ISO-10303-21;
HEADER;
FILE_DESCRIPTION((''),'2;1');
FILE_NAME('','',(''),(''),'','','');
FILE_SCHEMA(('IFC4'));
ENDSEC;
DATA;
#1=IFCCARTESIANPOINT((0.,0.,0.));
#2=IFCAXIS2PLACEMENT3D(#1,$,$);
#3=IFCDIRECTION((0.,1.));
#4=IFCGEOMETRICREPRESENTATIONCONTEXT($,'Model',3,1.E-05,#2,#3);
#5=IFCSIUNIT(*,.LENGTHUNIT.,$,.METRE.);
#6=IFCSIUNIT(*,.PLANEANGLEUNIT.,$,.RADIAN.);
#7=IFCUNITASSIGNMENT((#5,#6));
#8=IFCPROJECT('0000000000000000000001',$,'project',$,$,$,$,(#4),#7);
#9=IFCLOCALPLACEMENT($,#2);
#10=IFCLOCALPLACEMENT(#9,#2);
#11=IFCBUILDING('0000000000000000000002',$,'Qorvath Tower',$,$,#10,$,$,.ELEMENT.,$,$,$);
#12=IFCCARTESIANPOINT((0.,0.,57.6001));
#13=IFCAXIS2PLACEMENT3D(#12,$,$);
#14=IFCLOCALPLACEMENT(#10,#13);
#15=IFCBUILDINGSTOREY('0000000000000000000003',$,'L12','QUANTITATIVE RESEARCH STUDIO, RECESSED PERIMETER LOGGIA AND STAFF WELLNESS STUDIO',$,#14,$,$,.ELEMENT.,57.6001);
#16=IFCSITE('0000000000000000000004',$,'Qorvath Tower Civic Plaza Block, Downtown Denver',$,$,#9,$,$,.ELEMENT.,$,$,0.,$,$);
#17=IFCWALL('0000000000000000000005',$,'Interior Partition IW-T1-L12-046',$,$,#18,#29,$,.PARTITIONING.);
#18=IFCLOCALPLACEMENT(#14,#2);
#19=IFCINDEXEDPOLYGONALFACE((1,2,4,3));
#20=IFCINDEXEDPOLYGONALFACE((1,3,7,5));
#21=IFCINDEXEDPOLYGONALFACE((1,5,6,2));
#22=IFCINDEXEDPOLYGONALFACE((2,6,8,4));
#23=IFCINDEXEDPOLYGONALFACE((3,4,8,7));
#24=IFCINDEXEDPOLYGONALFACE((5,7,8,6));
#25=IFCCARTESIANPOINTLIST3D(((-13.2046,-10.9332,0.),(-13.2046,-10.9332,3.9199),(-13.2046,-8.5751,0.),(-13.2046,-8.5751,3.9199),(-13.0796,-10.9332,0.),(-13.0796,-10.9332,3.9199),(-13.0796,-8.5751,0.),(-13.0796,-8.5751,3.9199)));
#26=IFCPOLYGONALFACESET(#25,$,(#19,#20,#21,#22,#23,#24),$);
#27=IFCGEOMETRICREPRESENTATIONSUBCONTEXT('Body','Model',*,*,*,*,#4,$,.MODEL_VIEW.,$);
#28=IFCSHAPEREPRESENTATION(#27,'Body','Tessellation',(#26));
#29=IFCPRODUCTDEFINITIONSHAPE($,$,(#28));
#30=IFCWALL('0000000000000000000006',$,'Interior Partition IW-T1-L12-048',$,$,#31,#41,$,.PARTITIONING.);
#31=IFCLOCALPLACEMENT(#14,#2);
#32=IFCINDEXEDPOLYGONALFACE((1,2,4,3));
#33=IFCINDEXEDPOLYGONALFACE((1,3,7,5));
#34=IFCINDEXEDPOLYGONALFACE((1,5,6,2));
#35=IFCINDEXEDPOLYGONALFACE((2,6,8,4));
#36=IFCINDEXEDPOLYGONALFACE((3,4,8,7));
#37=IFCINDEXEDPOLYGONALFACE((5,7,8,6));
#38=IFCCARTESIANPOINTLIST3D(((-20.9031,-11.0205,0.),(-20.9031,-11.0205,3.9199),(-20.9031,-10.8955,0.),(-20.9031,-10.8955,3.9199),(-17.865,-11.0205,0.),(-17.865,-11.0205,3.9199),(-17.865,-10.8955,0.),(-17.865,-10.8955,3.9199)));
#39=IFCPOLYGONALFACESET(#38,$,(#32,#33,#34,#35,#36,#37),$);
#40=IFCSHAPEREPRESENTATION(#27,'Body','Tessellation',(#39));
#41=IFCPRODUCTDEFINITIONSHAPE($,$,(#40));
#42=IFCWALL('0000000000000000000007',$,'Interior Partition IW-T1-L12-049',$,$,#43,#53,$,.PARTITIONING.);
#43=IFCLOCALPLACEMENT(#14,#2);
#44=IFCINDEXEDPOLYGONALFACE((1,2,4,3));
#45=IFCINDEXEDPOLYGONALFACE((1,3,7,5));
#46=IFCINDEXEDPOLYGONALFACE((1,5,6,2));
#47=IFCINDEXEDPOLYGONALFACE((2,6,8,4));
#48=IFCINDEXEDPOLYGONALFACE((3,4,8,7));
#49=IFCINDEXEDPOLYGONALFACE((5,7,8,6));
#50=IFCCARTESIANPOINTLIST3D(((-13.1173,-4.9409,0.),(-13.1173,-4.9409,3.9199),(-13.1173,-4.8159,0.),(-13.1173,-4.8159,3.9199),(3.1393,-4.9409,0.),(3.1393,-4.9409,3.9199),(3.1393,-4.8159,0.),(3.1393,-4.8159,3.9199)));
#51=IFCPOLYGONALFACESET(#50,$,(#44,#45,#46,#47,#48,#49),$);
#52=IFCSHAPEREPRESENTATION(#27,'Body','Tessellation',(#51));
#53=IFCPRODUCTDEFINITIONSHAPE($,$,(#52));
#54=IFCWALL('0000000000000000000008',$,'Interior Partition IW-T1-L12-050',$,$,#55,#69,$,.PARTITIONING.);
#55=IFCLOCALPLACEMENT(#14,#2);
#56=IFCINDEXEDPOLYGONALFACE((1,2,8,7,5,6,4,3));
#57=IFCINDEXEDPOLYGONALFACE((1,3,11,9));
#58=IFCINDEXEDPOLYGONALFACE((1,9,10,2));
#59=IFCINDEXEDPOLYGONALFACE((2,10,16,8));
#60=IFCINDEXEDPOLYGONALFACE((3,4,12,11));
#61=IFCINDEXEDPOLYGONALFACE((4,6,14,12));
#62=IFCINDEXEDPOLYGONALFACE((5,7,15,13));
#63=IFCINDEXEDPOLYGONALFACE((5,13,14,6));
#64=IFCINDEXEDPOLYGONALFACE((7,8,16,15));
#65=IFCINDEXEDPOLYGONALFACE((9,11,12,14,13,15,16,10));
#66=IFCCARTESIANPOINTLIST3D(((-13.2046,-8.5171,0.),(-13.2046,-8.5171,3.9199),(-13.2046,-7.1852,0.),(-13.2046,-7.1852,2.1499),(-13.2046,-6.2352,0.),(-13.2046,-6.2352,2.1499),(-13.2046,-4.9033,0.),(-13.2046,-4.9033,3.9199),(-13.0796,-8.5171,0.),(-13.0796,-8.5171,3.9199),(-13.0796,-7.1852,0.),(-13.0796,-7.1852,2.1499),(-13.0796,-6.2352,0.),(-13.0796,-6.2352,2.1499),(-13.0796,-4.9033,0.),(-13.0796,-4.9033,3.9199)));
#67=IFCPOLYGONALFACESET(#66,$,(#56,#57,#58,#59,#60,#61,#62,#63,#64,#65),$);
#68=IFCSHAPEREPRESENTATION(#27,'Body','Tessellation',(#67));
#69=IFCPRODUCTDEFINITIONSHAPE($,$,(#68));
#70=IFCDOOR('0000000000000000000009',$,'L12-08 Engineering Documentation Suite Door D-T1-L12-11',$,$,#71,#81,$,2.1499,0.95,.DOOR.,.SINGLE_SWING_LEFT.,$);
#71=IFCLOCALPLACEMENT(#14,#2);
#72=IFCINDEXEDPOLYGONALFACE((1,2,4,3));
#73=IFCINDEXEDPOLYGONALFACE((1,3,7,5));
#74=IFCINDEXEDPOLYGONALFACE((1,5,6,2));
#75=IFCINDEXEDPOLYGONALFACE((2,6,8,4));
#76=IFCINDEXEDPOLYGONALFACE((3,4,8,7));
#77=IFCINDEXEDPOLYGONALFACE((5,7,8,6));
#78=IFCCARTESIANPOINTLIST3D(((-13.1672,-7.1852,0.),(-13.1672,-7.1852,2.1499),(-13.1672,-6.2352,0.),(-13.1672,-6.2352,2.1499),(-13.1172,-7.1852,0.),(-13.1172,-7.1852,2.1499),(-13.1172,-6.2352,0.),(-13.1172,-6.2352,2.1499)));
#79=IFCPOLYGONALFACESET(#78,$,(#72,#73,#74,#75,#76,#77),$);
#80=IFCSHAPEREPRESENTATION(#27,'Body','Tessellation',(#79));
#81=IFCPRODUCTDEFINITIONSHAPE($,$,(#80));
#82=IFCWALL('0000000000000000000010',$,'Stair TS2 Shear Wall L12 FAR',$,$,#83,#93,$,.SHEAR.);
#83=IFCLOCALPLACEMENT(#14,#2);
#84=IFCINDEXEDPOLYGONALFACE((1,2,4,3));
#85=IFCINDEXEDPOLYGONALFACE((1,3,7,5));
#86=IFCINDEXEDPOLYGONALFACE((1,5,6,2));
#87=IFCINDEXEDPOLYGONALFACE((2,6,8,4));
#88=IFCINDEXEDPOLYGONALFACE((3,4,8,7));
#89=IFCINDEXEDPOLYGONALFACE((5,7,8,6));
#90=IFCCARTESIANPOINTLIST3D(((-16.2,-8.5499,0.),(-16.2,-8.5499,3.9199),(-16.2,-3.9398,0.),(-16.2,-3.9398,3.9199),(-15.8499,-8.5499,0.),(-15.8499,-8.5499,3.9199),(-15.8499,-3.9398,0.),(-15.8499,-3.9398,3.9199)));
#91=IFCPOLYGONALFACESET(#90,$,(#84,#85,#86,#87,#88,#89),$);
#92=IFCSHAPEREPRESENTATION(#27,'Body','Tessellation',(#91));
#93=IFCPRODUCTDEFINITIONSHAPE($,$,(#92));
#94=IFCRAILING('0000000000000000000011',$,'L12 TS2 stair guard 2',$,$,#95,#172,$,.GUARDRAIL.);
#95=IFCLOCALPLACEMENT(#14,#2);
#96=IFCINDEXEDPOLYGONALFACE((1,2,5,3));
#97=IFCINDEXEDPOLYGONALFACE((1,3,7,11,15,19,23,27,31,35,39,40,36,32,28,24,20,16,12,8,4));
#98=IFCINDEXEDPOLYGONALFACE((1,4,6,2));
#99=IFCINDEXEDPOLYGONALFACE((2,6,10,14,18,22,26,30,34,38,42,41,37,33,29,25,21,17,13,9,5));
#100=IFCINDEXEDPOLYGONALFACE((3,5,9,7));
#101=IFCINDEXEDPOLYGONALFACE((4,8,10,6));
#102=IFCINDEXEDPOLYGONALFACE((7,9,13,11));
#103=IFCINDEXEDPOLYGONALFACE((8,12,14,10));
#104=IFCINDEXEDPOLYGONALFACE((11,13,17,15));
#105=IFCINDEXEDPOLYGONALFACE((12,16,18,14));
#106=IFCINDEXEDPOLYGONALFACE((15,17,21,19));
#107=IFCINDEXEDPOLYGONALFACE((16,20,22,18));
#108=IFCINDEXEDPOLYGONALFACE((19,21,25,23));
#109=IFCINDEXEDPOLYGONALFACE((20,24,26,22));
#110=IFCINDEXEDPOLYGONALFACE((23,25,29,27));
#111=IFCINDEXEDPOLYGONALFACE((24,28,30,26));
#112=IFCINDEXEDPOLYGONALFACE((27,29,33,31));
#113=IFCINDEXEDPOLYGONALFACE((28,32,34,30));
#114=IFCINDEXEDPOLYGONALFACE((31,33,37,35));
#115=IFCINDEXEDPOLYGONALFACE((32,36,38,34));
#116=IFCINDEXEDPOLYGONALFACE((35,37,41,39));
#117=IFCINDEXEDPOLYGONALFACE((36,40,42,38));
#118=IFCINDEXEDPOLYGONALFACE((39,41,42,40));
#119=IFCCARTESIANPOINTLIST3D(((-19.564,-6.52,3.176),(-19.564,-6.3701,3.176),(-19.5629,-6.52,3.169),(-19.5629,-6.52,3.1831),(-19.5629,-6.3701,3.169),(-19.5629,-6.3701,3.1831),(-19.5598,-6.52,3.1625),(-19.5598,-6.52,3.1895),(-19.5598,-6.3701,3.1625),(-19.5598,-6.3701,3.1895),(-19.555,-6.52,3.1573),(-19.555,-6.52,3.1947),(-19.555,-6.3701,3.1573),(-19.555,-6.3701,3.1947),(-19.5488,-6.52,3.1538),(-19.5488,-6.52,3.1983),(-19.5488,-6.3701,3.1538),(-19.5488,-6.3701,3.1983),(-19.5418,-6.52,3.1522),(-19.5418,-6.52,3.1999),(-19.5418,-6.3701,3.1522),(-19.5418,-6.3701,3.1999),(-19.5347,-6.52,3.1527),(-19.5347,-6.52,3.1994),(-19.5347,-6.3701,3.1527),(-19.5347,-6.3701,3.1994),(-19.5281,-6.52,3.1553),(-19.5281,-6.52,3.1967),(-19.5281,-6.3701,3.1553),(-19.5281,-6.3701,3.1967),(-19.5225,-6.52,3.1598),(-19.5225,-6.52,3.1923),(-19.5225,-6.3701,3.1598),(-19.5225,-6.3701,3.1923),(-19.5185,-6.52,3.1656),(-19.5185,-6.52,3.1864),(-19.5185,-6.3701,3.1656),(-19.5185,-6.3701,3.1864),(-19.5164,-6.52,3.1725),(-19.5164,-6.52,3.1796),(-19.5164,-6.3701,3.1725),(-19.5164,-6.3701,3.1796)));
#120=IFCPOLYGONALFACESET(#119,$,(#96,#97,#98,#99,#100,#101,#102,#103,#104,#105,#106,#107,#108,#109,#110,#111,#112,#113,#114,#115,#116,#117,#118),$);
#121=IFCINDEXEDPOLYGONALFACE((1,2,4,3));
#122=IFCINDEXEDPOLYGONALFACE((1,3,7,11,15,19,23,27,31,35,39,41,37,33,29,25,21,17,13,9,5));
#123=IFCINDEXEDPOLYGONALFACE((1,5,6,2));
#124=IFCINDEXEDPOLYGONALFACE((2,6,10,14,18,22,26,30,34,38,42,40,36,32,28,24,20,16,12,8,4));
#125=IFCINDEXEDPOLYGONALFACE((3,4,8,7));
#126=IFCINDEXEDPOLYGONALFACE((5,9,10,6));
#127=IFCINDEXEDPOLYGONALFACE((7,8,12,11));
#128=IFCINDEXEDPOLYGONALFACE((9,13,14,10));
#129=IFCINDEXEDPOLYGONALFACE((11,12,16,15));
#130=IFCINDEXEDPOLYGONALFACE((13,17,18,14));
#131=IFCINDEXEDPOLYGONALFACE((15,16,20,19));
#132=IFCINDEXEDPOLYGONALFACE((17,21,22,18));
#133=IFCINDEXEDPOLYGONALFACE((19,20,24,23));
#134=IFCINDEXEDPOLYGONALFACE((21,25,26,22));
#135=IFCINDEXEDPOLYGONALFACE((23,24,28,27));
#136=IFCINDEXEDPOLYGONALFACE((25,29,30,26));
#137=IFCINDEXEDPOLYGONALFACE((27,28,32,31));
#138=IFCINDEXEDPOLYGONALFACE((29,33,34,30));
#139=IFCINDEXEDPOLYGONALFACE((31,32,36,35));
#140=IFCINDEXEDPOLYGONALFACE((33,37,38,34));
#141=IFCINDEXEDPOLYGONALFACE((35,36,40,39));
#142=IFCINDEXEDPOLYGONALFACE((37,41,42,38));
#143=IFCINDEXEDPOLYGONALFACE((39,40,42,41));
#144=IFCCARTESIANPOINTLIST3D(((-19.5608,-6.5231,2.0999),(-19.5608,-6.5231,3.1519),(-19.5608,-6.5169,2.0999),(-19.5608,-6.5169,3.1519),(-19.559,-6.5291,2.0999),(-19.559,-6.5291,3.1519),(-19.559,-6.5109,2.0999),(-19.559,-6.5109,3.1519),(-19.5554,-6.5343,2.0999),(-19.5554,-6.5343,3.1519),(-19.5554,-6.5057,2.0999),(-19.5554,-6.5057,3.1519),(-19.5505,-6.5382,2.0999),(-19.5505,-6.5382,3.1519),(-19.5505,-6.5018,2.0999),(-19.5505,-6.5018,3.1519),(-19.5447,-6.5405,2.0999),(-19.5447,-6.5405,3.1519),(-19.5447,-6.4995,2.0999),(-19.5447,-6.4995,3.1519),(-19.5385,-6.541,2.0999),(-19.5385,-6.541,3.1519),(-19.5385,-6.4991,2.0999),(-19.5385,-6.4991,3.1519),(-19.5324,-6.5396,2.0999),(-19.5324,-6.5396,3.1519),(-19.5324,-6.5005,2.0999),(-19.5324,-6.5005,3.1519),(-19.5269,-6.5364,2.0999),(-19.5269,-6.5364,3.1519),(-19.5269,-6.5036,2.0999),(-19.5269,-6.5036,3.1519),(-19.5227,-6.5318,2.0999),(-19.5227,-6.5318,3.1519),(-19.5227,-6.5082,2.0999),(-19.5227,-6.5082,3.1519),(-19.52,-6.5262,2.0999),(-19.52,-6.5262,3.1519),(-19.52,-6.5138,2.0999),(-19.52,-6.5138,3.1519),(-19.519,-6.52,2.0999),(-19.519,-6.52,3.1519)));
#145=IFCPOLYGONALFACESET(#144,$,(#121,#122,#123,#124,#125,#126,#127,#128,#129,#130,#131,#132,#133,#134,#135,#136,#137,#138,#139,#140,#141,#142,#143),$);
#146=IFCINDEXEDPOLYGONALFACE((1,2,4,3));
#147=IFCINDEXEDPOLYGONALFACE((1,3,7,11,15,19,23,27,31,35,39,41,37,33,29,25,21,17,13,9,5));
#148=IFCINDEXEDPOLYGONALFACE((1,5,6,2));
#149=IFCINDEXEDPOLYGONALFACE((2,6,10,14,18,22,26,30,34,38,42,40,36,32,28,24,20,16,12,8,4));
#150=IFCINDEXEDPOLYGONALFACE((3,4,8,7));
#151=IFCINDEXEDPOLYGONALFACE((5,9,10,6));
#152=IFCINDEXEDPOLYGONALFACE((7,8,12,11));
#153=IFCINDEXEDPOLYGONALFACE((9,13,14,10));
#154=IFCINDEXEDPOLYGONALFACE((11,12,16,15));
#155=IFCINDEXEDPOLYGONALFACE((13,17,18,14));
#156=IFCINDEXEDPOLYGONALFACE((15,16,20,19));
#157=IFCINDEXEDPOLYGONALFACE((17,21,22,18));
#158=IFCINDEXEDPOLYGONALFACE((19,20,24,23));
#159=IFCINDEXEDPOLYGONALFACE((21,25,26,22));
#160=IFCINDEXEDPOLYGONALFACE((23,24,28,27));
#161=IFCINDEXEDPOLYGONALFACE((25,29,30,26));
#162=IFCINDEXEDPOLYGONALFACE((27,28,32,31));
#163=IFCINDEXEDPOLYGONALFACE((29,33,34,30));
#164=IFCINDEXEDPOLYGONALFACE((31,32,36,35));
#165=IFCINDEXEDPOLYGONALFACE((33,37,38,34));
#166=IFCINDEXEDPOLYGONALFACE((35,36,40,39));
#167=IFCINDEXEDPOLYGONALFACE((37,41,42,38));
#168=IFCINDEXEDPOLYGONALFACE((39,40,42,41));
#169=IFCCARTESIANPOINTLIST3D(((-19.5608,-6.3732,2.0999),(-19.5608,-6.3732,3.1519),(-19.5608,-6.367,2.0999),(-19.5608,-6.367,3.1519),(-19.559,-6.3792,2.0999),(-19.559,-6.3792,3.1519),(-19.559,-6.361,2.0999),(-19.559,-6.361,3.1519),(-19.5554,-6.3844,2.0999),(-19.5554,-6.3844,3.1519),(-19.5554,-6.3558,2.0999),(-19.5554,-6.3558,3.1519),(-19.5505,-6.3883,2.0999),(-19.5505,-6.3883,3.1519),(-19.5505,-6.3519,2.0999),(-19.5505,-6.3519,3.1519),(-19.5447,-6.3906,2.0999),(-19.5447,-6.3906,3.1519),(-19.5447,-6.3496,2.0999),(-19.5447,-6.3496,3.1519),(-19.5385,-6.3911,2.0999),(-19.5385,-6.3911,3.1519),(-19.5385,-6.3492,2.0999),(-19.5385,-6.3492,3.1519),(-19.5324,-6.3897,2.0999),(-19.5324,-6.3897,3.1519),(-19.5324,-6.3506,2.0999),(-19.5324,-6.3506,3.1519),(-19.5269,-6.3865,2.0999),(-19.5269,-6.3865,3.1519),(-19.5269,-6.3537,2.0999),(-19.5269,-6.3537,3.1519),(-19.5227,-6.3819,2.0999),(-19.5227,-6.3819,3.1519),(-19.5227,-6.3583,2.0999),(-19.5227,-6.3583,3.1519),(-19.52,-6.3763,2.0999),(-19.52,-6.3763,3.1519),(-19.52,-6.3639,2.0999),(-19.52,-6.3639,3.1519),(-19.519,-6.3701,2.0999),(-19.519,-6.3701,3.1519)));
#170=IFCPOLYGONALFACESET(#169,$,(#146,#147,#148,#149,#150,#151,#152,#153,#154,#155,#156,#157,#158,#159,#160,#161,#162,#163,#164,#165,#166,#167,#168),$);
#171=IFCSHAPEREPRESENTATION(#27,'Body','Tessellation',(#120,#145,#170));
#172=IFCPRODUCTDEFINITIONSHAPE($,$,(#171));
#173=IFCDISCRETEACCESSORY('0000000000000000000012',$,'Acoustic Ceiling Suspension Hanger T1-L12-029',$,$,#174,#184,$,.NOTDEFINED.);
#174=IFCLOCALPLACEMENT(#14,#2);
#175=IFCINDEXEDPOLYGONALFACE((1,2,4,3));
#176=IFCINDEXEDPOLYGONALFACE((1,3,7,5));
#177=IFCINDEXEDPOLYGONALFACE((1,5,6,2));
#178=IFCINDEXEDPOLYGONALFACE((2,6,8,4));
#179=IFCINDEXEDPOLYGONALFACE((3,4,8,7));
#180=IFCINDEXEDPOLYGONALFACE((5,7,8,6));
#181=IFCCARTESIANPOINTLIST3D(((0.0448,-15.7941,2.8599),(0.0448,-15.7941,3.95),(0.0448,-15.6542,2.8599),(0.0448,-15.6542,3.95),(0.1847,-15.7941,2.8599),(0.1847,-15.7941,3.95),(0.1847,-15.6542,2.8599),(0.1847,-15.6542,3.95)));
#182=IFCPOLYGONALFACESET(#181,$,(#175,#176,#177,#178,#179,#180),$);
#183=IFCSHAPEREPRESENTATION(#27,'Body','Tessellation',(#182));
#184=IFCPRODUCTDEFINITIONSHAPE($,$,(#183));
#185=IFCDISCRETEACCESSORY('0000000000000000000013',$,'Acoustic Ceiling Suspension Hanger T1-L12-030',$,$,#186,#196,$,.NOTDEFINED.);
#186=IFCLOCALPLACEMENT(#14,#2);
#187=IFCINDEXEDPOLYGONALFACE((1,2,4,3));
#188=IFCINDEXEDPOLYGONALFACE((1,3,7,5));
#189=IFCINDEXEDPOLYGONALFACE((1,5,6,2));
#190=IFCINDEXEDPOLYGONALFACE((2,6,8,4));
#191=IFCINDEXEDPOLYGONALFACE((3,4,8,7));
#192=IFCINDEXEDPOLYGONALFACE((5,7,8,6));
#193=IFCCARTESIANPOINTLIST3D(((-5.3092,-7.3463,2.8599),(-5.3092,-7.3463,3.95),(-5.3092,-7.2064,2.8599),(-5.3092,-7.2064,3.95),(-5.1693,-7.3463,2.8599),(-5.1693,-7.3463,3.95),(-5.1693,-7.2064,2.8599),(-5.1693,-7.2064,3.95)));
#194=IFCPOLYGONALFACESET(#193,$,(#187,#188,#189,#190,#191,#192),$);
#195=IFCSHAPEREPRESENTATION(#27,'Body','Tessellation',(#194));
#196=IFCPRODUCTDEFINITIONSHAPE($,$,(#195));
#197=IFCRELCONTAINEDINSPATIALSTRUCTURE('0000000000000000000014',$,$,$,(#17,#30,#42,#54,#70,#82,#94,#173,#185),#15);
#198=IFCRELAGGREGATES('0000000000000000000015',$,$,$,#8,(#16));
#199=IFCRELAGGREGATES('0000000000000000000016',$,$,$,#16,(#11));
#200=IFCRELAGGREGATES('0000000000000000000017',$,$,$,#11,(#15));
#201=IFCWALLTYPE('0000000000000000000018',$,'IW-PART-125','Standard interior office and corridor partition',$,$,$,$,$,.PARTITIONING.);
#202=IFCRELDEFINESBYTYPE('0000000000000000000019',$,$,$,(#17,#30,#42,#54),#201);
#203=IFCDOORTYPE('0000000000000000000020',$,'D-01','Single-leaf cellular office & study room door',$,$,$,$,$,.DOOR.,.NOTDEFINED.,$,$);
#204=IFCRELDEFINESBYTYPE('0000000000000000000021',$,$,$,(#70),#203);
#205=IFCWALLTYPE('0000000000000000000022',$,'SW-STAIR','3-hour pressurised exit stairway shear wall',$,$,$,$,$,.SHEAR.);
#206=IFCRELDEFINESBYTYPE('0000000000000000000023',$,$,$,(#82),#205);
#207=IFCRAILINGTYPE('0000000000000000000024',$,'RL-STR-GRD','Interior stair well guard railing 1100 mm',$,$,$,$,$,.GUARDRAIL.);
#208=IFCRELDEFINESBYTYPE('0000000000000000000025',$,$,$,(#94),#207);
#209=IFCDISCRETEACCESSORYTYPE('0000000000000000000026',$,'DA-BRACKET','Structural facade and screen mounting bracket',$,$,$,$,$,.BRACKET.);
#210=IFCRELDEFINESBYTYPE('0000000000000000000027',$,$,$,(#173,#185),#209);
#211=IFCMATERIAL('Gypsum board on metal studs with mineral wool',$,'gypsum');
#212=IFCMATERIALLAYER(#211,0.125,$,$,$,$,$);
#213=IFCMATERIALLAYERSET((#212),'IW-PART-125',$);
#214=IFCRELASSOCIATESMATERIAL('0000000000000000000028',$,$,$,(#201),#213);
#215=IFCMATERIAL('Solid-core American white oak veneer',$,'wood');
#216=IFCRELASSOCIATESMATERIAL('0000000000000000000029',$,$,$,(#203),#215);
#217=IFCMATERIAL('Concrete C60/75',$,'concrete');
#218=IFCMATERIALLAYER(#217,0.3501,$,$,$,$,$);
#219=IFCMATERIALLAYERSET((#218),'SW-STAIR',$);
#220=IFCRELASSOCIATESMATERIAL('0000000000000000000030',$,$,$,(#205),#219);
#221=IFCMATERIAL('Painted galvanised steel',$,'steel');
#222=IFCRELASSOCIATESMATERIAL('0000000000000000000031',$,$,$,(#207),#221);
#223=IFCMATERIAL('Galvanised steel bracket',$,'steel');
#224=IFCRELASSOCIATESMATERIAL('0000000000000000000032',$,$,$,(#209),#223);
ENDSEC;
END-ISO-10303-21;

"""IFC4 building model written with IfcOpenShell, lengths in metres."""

from ifc_helpers import new_model, si_unit, direction, frame, frame_2d, origin, origin_2d, place, context, subcontext, project, spatial, rectangle, circle, extrude, material, layer, layer_set, type_object, element, fill, save


model = new_model("IFC4")

# Units and contexts
model_context = context("Model", 3, precision=1e-05, world=origin(), true_north=direction((0.0, 1.0)))
body_context = subcontext(model_context, "Body", "Model", "MODEL_VIEW")
ifc_project = project(units=[si_unit("LENGTHUNIT", "METRE"), si_unit("PLANEANGLEUNIT", "RADIAN")], contexts=[model_context])

# Site, building, storey
site_placement = place(None, origin())
site = spatial("IfcSite", under=ifc_project, at=site_placement, Name="Qorvath Tower Civic Plaza Block, Downtown Denver", CompositionType="ELEMENT", RefElevation=0.0)
building_placement = place(site_placement, origin())
building = spatial("IfcBuilding", under=site, at=building_placement, Name="Qorvath Tower", CompositionType="ELEMENT")
storey_placement = place(building_placement, frame((0.0, 0.0, 57.6001)))
storey = spatial("IfcBuildingStorey", under=building, at=storey_placement, Name="L12", Description="QUANTITATIVE RESEARCH STUDIO, RECESSED PERIMETER LOGGIA AND STAFF WELLNESS STUDIO", CompositionType="ELEMENT", Elevation=57.6001)

# Wall
ifc_material_1 = material(Name="Gypsum board on metal studs with mineral wool", Category="gypsum")
ifc_layer_1 = layer(ifc_material_1, 0.125)
ifc_layer_set_1 = layer_set([ifc_layer_1], Name="IW-PART-125")
wall_type_1 = type_object("IfcWallType", Name="IW-PART-125", Description="Standard interior office and corridor partition", PredefinedType="PARTITIONING", material=ifc_layer_set_1)
wall_1_placement = place(storey_placement, frame((-13.1421, -8.575, 0.0), z_axis=(0.0, 0.0, 1.0), x_axis=(0.0, -1.0, 0.0)))
element("IfcWall", 1, at=wall_1_placement, inside=storey, type_object=wall_type_1, Name="Interior Partition IW-T1-L12-046", PredefinedType="PARTITIONING", context=body_context, shape_type="SweptSolid", body=[
    extrude(rectangle(XDim=2.3582, YDim=0.125, at=frame_2d((1.1792, 0.0))), origin(), (0.0, 0.0, 1.0), 3.9199),
])

# Shared definitions
ifc_material_2 = material(Name="Solid-core American white oak veneer", Category="wood")
door_type = type_object("IfcDoorType", Name="D-01", Description="Single-leaf cellular office & study room door", OperationType="NOTDEFINED", PredefinedType="DOOR", material=ifc_material_2)

# Walls
wall_2_placement = place(storey_placement, frame((-17.865, -10.958, 0.0), z_axis=(0.0, 0.0, 1.0), x_axis=(-1.0, 0.0, 0.0)))
element("IfcWall", 2, at=wall_2_placement, inside=storey, type_object=wall_type_1, Name="Interior Partition IW-T1-L12-048", PredefinedType="PARTITIONING", context=body_context, shape_type="SweptSolid", body=[
    extrude(rectangle(XDim=3.0381, YDim=0.125, at=frame_2d((1.519, 0.0))), origin(), (0.0, 0.0, 1.0), 3.9199),
])
wall_3_placement = place(storey_placement, frame((3.1394, -4.8784, 0.0), z_axis=(0.0, 0.0, 1.0), x_axis=(-1.0, 0.0, 0.0)))
element("IfcWall", 3, at=wall_3_placement, inside=storey, type_object=wall_type_1, Name="Interior Partition IW-T1-L12-049", PredefinedType="PARTITIONING", context=body_context, shape_type="SweptSolid", body=[
    extrude(rectangle(XDim=16.2566, YDim=0.125, at=frame_2d((8.1284, 0.0))), origin(), (0.0, 0.0, 1.0), 3.9199),
])

# Wall, opening, door
wall_4_placement = place(storey_placement, frame((-13.1421, -4.9033, 0.0), z_axis=(0.0, 0.0, 1.0), x_axis=(0.0, -1.0, 0.0)))
wall_4 = element("IfcWall", 4, at=wall_4_placement, inside=storey, type_object=wall_type_1, Name="Interior Partition IW-T1-L12-050", PredefinedType="PARTITIONING", context=body_context, shape_type="SweptSolid", body=[
    extrude(rectangle(XDim=3.6138, YDim=0.125, at=frame_2d((1.8069, 0.0))), origin(), (0.0, 0.0, 1.0), 3.9199),
])
opening_1_placement = place(wall_4_placement, frame((1.3318, 0.0, 0.0)))
opening_1 = element("IfcOpeningElement", 5, at=opening_1_placement, cuts=wall_4, PredefinedType="OPENING", context=body_context, shape_type="SweptSolid", body=[
    extrude(rectangle(XDim=0.95, YDim=2.1499, at=frame_2d((0.4751, 1.075))), frame((0.0, 0.0725, 0.0), z_axis=(0.0, -1.0, 0.0), x_axis=(1.0, 0.0, 0.0)), (0.0, 0.0, 1.0), 0.145),
])
door_1_placement = place(opening_1_placement, origin())
door_1 = element("IfcDoor", 6, at=door_1_placement, inside=storey, type_object=door_type, Name="L12-08 Engineering Documentation Suite Door D-T1-L12-11", OperationType="SINGLE_SWING_LEFT", OverallHeight=2.1499, OverallWidth=0.95, PredefinedType="DOOR", context=body_context, shape_type="SweptSolid", body=[
    extrude(rectangle(XDim=0.95, YDim=2.1499, at=frame_2d((0.4751, 1.075))), frame((0.0, 0.0249, 0.0), z_axis=(0.0, -1.0, 0.0), x_axis=(1.0, 0.0, 0.0)), (0.0, 0.0, 1.0), 0.05),
])
fill(opening_1, door_1)

# Wall
ifc_material_3 = material(Name="Concrete C60/75", Category="concrete")
ifc_layer_2 = layer(ifc_material_3, 0.3501)
ifc_layer_set_2 = layer_set([ifc_layer_2], Name="SW-STAIR")
wall_type_2 = type_object("IfcWallType", Name="SW-STAIR", Description="3-hour pressurised exit stairway shear wall", PredefinedType="SHEAR", material=ifc_layer_set_2)
wall_5_placement = place(storey_placement, frame((-16.0249, -8.55, 0.0), z_axis=(0.0, 0.0, 1.0), x_axis=(0.0, 1.0, 0.0)))
element("IfcWall", 7, at=wall_5_placement, inside=storey, type_object=wall_type_2, Name="Stair TS2 Shear Wall L12 FAR", PredefinedType="SHEAR", context=body_context, shape_type="SweptSolid", body=[
    extrude(rectangle(XDim=4.6101, YDim=0.3501, at=frame_2d((2.3052, 0.0))), origin(), (0.0, 0.0, 1.0), 3.9199),
])

# Railing
ifc_material_4 = material(Name="Painted galvanised steel", Category="steel")
railing_type_1 = type_object("IfcRailingType", Name="RL-STR-GRD", Description="Interior stair well guard railing 1100 mm", PredefinedType="GUARDRAIL", material=ifc_material_4)
railing_1_placement = place(storey_placement, frame((-19.54, -6.52, 2.0999)))
element("IfcRailing", 8, at=railing_1_placement, inside=storey, type_object=railing_type_1, Name="L12 TS2 stair guard 2", PredefinedType="GUARDRAIL", context=body_context, shape_type="SweptSolid", body=[
    extrude(circle(Radius=0.0239, at=origin_2d()), frame((0.0, 0.0, 1.0762), z_axis=(0.0, 1.0, 0.0), x_axis=(-1.0, 0.0, 0.0)), (0.0, 0.0, 1.0), 0.1499),
    extrude(circle(Radius=0.021, at=origin_2d()), origin(), (0.0, 0.0, 1.0), 1.052),
    extrude(circle(Radius=0.021, at=origin_2d()), frame((0.0, 0.1499, 0.0)), (0.0, 0.0, 1.0), 1.052),
])

# Discrete accessories
ifc_material_5 = material(Name="Galvanised steel bracket", Category="steel")
discrete_accessory_type = type_object("IfcDiscreteAccessoryType", Name="DA-BRACKET", Description="Structural facade and screen mounting bracket", PredefinedType="BRACKET", material=ifc_material_5)
for number, where, z_axis, x_axis, name in (
    (9, (0.1147, -15.7241, 2.8599), (0.0, 0.0, 1.0), (1.0, 0.0, 0.0), "Acoustic Ceiling Suspension Hanger T1-L12-029"),
    (10, (-5.2393, -7.2764, 2.8599), (0.0, 0.0, 1.0), (1.0, 0.0, 0.0), "Acoustic Ceiling Suspension Hanger T1-L12-030"),
):
    element("IfcDiscreteAccessory", number, at=place(storey_placement, frame(where, z_axis=z_axis, x_axis=x_axis)), inside=storey, type_object=discrete_accessory_type, Name=name, PredefinedType="NOTDEFINED", context=body_context, shape_type="SweptSolid", body=[
        extrude(rectangle(XDim=0.1399, YDim=0.1399, at=origin_2d()), origin(), (0.0, 0.0, 1.0), 1.0901),
    ])

save(model, "model.ifc")
